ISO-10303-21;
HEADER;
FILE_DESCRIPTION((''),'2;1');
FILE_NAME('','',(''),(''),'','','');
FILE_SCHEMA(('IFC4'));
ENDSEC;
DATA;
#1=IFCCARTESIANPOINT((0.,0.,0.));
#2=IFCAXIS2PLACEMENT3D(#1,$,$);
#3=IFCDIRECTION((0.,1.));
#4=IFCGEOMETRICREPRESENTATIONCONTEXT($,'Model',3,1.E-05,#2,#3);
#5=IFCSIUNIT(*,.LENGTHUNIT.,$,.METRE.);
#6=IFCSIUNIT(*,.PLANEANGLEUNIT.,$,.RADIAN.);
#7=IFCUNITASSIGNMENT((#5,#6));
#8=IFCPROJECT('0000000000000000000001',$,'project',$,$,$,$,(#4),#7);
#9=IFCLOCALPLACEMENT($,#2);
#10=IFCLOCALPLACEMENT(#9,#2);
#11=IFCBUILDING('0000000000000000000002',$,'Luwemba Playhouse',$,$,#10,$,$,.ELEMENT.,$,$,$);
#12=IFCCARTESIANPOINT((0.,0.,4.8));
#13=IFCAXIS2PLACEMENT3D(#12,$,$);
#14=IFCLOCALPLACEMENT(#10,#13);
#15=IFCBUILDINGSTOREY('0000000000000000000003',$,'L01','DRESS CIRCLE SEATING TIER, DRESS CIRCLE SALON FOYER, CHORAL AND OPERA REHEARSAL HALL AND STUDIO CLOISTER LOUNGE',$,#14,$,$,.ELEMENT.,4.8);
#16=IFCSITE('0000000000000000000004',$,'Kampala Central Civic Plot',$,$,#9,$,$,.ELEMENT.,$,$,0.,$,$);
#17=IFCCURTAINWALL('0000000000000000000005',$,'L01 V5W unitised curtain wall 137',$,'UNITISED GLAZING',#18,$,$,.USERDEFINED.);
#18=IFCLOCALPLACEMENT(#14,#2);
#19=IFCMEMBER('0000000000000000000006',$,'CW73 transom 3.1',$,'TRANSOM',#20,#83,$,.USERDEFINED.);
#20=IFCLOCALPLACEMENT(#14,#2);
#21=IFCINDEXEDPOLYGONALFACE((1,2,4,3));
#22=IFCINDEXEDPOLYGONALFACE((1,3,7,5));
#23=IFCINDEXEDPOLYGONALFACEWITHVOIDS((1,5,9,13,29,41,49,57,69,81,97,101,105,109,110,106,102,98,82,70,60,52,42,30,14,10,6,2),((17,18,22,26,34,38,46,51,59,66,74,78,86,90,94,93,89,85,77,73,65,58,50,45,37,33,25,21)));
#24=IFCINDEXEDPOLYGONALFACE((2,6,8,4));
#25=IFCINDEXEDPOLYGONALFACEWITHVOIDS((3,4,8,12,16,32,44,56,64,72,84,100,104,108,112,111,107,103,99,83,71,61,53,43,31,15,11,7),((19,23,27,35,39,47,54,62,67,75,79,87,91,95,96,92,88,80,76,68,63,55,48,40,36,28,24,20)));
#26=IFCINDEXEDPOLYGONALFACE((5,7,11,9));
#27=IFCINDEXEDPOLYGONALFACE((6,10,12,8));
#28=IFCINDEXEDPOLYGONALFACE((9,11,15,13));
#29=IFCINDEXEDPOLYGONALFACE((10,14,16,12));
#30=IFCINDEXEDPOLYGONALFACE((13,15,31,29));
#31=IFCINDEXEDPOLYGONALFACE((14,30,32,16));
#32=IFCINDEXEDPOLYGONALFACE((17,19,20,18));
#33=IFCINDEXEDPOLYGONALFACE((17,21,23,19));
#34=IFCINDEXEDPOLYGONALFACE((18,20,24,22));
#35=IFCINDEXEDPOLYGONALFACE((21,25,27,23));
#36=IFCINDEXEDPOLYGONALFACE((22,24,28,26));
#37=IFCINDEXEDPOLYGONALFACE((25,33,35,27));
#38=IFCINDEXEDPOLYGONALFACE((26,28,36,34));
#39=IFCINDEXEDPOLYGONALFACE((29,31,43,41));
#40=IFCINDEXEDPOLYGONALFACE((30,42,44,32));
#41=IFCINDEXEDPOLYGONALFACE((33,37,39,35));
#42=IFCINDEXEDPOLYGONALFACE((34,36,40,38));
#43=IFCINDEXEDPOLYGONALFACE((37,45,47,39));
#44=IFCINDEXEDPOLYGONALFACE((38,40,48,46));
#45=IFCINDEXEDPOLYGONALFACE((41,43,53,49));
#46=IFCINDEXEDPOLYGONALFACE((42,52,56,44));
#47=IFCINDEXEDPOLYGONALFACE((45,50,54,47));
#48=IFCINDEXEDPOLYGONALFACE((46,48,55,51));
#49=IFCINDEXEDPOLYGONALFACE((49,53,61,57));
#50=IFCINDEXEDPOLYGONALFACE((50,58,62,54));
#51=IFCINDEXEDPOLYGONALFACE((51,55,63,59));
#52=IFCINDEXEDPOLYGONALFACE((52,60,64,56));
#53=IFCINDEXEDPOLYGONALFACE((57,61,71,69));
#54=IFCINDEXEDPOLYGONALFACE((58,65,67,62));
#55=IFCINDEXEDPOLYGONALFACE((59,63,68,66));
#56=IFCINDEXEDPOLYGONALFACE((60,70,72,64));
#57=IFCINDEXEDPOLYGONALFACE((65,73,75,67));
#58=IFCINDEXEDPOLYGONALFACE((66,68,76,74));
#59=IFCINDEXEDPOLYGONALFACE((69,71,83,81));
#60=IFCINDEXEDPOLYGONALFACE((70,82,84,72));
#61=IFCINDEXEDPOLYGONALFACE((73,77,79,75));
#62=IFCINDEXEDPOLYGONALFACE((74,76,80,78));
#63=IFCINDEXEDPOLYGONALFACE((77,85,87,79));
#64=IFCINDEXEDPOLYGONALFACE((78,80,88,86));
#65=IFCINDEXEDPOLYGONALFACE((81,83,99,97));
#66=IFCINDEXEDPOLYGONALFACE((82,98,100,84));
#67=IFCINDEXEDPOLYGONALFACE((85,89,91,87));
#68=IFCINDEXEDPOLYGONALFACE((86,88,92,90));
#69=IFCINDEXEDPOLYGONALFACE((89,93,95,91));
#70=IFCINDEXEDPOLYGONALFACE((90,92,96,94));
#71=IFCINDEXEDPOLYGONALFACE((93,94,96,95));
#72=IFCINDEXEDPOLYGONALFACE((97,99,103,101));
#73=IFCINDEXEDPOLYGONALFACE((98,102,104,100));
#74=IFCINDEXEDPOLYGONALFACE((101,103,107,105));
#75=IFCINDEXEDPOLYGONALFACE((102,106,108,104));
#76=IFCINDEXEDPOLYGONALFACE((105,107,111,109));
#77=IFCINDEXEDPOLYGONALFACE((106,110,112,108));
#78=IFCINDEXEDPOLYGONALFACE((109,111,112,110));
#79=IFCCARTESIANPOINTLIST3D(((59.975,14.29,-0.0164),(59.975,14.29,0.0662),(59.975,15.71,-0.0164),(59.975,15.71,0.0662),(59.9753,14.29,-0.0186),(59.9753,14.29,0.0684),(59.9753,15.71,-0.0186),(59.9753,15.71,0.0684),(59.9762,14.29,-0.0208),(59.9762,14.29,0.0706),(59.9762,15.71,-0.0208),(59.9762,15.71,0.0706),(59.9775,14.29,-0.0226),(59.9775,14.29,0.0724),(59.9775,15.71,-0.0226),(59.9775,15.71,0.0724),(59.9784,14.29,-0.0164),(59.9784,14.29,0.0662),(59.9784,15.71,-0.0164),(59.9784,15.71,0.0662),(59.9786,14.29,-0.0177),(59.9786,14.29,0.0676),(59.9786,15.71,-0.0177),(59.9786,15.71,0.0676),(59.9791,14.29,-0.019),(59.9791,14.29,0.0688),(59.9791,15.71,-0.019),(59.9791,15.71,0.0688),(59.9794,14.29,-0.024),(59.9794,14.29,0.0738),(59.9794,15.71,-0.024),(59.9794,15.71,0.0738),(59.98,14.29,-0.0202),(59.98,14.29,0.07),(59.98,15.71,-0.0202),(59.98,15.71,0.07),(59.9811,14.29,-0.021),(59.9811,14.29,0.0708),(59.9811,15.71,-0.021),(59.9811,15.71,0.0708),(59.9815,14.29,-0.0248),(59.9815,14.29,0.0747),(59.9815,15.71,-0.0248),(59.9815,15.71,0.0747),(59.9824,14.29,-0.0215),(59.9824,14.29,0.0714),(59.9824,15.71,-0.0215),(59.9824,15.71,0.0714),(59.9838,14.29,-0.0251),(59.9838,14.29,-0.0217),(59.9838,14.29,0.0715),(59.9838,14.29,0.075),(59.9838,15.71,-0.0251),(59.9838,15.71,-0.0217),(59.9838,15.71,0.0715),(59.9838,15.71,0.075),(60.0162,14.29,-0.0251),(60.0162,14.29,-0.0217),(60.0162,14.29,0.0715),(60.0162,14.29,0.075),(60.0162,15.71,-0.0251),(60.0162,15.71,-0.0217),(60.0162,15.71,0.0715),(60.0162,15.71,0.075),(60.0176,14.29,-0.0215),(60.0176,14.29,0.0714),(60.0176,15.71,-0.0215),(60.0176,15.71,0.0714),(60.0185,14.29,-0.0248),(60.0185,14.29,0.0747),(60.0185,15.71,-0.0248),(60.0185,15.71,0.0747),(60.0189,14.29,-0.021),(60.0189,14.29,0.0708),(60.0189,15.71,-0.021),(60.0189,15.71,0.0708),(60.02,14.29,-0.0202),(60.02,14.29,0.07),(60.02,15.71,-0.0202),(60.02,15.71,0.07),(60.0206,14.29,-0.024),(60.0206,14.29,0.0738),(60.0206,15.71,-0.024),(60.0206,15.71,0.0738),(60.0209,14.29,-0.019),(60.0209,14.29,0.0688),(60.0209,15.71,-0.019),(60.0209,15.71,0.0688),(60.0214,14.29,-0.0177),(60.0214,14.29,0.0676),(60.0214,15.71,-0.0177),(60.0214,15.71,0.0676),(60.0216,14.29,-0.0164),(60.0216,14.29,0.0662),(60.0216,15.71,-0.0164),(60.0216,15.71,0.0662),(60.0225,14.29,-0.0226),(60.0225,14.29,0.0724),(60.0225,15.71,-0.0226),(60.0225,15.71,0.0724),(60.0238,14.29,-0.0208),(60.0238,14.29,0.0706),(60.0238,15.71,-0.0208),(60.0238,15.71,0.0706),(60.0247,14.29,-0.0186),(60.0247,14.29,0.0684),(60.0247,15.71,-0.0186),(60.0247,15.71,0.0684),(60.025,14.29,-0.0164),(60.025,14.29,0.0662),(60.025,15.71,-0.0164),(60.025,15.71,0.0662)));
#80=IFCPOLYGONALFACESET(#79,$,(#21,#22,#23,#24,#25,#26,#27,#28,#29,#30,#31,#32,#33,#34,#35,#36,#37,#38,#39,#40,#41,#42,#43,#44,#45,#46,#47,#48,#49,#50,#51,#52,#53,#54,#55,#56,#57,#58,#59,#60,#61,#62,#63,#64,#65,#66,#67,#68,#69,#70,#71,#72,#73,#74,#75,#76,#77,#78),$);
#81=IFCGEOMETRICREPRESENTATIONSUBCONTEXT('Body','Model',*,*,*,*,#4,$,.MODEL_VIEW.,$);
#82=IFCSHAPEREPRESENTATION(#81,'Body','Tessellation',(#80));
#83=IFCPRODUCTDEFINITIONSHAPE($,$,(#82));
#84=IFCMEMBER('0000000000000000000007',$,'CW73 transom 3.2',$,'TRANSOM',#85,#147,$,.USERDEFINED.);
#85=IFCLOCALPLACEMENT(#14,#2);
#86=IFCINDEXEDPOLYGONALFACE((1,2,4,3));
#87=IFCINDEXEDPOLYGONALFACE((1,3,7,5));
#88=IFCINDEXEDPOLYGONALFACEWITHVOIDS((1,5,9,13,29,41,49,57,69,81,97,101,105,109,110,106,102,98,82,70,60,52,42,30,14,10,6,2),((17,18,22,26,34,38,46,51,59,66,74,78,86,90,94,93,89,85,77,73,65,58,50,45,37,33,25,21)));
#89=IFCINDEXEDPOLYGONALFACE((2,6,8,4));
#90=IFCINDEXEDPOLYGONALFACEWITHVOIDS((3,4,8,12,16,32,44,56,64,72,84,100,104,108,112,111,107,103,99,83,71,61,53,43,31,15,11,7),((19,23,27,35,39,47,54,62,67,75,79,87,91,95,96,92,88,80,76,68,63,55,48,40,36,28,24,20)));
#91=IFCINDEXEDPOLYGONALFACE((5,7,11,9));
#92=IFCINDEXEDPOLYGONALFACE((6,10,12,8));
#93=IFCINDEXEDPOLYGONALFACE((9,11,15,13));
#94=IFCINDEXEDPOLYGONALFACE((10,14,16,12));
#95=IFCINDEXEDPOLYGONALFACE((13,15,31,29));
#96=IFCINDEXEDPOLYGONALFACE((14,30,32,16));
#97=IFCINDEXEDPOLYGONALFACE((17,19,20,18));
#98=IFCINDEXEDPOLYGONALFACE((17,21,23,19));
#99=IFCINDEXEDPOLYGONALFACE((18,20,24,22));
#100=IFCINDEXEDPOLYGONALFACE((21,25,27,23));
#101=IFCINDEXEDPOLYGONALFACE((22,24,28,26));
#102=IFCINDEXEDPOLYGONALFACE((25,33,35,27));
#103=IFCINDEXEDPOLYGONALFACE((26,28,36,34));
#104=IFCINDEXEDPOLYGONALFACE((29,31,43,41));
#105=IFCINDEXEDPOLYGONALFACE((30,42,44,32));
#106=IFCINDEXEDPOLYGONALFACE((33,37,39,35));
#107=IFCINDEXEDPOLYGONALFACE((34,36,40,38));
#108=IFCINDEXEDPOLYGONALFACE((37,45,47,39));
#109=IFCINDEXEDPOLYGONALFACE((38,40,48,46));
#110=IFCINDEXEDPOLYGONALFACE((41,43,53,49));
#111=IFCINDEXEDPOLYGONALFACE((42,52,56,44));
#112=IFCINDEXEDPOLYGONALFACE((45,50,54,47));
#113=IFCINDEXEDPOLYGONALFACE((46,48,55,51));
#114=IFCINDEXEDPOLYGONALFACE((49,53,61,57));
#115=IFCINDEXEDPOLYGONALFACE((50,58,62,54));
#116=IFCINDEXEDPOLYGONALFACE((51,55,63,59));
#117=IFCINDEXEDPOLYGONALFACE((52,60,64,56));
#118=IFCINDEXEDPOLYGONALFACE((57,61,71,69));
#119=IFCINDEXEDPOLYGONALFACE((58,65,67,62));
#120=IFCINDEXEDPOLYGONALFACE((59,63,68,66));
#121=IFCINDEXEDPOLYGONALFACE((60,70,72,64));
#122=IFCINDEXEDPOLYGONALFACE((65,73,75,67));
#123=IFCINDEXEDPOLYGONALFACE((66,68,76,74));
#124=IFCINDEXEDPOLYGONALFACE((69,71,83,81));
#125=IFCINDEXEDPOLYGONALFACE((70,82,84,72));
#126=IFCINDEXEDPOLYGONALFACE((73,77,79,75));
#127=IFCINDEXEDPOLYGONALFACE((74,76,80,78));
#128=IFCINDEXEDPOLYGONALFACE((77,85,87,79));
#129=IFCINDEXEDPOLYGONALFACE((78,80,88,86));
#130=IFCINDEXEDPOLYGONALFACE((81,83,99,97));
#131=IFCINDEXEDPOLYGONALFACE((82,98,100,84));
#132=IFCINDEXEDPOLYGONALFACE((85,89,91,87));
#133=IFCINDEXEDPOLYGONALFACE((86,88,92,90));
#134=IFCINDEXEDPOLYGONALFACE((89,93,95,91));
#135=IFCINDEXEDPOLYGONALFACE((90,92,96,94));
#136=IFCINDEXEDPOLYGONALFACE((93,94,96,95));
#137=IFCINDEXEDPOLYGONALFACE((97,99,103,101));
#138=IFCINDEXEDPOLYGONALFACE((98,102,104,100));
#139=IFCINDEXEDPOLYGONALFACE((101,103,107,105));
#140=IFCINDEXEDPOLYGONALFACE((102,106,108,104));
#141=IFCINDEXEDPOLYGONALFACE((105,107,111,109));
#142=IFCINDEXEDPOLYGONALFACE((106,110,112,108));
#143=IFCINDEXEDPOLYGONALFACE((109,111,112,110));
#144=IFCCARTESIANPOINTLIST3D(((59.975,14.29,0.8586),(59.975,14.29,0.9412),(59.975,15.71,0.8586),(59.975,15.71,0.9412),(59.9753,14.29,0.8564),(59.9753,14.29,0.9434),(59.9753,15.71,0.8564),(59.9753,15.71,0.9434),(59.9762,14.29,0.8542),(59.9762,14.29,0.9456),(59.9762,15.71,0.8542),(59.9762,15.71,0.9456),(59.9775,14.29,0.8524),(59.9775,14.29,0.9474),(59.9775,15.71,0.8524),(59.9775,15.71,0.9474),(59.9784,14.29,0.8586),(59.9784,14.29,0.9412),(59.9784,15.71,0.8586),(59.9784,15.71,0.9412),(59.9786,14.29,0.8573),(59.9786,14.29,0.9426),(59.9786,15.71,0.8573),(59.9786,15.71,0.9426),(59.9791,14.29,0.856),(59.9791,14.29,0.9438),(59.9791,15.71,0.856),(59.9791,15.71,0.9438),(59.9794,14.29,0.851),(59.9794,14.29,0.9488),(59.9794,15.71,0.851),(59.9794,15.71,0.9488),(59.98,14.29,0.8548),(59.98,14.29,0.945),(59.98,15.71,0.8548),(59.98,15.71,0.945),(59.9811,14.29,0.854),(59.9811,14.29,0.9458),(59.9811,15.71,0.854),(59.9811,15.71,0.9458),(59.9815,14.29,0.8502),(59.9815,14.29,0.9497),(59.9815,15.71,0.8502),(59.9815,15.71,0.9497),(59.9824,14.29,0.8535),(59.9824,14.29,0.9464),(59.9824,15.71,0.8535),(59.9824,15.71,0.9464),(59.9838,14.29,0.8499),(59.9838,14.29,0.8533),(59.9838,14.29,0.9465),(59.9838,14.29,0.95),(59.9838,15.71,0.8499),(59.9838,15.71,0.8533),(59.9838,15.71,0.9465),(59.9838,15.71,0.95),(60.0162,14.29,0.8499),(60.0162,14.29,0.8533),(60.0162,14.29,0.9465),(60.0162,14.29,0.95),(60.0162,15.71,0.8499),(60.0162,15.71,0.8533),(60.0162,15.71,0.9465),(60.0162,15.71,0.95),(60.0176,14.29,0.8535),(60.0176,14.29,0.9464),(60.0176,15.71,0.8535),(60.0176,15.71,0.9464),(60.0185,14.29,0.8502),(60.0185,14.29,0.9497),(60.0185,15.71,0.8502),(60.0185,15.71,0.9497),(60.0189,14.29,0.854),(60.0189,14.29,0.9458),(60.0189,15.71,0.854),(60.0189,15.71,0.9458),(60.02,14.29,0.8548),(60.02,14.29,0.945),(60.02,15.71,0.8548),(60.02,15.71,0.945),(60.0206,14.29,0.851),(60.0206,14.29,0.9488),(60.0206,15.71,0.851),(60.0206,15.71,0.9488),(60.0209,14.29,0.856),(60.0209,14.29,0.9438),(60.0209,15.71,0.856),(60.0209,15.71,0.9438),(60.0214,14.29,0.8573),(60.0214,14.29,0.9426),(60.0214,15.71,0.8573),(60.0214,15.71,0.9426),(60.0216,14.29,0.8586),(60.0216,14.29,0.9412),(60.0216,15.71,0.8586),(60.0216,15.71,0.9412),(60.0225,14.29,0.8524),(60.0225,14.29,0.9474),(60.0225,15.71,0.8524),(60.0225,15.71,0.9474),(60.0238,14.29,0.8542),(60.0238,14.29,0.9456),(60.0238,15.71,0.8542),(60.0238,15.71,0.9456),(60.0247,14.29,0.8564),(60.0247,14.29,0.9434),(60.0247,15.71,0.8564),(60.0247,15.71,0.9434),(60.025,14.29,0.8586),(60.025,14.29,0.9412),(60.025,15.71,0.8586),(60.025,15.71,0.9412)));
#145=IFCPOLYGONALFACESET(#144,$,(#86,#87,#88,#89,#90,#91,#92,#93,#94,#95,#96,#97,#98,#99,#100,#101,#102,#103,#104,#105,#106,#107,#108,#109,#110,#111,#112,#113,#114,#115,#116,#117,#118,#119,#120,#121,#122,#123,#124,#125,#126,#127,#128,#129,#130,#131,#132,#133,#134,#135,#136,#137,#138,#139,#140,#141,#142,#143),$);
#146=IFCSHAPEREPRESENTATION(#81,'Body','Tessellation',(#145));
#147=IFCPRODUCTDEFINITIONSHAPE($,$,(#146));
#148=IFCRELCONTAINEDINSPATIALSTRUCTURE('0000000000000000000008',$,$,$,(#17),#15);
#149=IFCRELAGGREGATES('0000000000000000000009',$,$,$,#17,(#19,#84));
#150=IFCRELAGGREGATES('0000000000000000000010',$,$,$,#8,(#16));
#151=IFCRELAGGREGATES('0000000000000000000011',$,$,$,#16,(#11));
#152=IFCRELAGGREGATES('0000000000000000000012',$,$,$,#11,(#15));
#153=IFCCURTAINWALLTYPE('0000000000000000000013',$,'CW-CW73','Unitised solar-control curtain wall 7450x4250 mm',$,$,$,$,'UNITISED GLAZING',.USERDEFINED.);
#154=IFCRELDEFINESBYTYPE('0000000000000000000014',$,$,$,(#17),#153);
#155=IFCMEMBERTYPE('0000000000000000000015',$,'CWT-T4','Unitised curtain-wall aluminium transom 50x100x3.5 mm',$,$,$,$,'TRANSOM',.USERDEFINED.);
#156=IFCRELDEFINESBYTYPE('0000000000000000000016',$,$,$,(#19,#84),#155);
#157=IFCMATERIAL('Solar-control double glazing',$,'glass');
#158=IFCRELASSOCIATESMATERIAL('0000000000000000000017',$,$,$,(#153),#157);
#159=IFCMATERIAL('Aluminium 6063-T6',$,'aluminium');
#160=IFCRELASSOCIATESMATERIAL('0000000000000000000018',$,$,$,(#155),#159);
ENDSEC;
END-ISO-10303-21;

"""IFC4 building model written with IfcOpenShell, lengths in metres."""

from ifc_helpers import new_model, si_unit, direction, frame, origin, origin_2d, place, context, subcontext, project, spatial, hollow_rectangle, extrude, material, material_profile, profile_set, type_object, element, aggregate, save


model = new_model("IFC4")

# Units and contexts
model_context = context("Model", 3, precision=1e-05, world=origin(), true_north=direction((0.0, 1.0)))
body_context = subcontext(model_context, "Body", "Model", "MODEL_VIEW")
ifc_project = project(units=[si_unit("LENGTHUNIT", "METRE"), si_unit("PLANEANGLEUNIT", "RADIAN")], contexts=[model_context])

# Site, building, storey
site_placement = place(None, origin())
site = spatial("IfcSite", under=ifc_project, at=site_placement, Name="Kampala Central Civic Plot", CompositionType="ELEMENT", RefElevation=0.0)
building_placement = place(site_placement, origin())
building = spatial("IfcBuilding", under=site, at=building_placement, Name="Luwemba Playhouse", CompositionType="ELEMENT")
storey_placement = place(building_placement, frame((0.0, 0.0, 4.8)))
storey = spatial("IfcBuildingStorey", under=building, at=storey_placement, Name="L01", Description="DRESS CIRCLE SEATING TIER, DRESS CIRCLE SALON FOYER, CHORAL AND OPERA REHEARSAL HALL AND STUDIO CLOISTER LOUNGE", CompositionType="ELEMENT", Elevation=4.8)

# Curtain wall, members
ifc_material_1 = material(Name="Solar-control double glazing", Category="glass")
curtain_wall_type = type_object("IfcCurtainWallType", Name="CW-CW73", Description="Unitised solar-control curtain wall 7450x4250 mm", ElementType="UNITISED GLAZING", PredefinedType="USERDEFINED", material=ifc_material_1)
curtain_wall_placement = place(storey_placement, origin())
curtain_wall = element("IfcCurtainWall", 1, at=curtain_wall_placement, inside=storey, type_object=curtain_wall_type, Name="L01 V5W unitised curtain wall 137", ObjectType="UNITISED GLAZING", PredefinedType="USERDEFINED")
ifc_material_2 = material(Name="Aluminium 6063-T6", Category="aluminium")
ifc_material_profile_1 = material_profile(ifc_material_2, hollow_rectangle(XDim=0.05, YDim=0.1001, WallThickness=0.0034, InnerFilletRadius=0.0054, OuterFilletRadius=0.0088, at=origin_2d()))
ifc_profile_set_1 = profile_set([ifc_material_profile_1], Name="Aluminium 6063-T6")
member_type_1 = type_object("IfcMemberType", Name="CWT-T4", Description="Unitised curtain-wall aluminium transom 50x100x3.5 mm", ElementType="TRANSOM", PredefinedType="USERDEFINED", material=ifc_profile_set_1)
member_1_placement = place(storey_placement, frame((60.0, 15.71, 0.0249), z_axis=(0.0, -1.0, 0.0), x_axis=(1.0, 0.0, 0.0)))
member_1 = element("IfcMember", 2, at=member_1_placement, type_object=member_type_1, Name="CW73 transom 3.1", ObjectType="TRANSOM", PredefinedType="USERDEFINED", context=body_context, shape_type="SweptSolid", body=[
    extrude(hollow_rectangle(XDim=0.05, YDim=0.1001, WallThickness=0.0034, InnerFilletRadius=0.0054, OuterFilletRadius=0.0088, at=origin_2d()), origin(), (0.0, 0.0, 1.0), 1.4199),
])
member_2_placement = place(storey_placement, frame((60.0, 15.71, 0.8999), z_axis=(0.0, -1.0, 0.0), x_axis=(1.0, 0.0, 0.0)))
member_2 = element("IfcMember", 3, at=member_2_placement, type_object=member_type_1, Name="CW73 transom 3.2", ObjectType="TRANSOM", PredefinedType="USERDEFINED", context=body_context, shape_type="SweptSolid", body=[
    extrude(hollow_rectangle(XDim=0.05, YDim=0.1001, WallThickness=0.0034, InnerFilletRadius=0.0054, OuterFilletRadius=0.0088, at=origin_2d()), origin(), (0.0, 0.0, 1.0), 1.4199),
])
aggregate(curtain_wall, [member_1, member_2])

save(model, "model.ifc")
